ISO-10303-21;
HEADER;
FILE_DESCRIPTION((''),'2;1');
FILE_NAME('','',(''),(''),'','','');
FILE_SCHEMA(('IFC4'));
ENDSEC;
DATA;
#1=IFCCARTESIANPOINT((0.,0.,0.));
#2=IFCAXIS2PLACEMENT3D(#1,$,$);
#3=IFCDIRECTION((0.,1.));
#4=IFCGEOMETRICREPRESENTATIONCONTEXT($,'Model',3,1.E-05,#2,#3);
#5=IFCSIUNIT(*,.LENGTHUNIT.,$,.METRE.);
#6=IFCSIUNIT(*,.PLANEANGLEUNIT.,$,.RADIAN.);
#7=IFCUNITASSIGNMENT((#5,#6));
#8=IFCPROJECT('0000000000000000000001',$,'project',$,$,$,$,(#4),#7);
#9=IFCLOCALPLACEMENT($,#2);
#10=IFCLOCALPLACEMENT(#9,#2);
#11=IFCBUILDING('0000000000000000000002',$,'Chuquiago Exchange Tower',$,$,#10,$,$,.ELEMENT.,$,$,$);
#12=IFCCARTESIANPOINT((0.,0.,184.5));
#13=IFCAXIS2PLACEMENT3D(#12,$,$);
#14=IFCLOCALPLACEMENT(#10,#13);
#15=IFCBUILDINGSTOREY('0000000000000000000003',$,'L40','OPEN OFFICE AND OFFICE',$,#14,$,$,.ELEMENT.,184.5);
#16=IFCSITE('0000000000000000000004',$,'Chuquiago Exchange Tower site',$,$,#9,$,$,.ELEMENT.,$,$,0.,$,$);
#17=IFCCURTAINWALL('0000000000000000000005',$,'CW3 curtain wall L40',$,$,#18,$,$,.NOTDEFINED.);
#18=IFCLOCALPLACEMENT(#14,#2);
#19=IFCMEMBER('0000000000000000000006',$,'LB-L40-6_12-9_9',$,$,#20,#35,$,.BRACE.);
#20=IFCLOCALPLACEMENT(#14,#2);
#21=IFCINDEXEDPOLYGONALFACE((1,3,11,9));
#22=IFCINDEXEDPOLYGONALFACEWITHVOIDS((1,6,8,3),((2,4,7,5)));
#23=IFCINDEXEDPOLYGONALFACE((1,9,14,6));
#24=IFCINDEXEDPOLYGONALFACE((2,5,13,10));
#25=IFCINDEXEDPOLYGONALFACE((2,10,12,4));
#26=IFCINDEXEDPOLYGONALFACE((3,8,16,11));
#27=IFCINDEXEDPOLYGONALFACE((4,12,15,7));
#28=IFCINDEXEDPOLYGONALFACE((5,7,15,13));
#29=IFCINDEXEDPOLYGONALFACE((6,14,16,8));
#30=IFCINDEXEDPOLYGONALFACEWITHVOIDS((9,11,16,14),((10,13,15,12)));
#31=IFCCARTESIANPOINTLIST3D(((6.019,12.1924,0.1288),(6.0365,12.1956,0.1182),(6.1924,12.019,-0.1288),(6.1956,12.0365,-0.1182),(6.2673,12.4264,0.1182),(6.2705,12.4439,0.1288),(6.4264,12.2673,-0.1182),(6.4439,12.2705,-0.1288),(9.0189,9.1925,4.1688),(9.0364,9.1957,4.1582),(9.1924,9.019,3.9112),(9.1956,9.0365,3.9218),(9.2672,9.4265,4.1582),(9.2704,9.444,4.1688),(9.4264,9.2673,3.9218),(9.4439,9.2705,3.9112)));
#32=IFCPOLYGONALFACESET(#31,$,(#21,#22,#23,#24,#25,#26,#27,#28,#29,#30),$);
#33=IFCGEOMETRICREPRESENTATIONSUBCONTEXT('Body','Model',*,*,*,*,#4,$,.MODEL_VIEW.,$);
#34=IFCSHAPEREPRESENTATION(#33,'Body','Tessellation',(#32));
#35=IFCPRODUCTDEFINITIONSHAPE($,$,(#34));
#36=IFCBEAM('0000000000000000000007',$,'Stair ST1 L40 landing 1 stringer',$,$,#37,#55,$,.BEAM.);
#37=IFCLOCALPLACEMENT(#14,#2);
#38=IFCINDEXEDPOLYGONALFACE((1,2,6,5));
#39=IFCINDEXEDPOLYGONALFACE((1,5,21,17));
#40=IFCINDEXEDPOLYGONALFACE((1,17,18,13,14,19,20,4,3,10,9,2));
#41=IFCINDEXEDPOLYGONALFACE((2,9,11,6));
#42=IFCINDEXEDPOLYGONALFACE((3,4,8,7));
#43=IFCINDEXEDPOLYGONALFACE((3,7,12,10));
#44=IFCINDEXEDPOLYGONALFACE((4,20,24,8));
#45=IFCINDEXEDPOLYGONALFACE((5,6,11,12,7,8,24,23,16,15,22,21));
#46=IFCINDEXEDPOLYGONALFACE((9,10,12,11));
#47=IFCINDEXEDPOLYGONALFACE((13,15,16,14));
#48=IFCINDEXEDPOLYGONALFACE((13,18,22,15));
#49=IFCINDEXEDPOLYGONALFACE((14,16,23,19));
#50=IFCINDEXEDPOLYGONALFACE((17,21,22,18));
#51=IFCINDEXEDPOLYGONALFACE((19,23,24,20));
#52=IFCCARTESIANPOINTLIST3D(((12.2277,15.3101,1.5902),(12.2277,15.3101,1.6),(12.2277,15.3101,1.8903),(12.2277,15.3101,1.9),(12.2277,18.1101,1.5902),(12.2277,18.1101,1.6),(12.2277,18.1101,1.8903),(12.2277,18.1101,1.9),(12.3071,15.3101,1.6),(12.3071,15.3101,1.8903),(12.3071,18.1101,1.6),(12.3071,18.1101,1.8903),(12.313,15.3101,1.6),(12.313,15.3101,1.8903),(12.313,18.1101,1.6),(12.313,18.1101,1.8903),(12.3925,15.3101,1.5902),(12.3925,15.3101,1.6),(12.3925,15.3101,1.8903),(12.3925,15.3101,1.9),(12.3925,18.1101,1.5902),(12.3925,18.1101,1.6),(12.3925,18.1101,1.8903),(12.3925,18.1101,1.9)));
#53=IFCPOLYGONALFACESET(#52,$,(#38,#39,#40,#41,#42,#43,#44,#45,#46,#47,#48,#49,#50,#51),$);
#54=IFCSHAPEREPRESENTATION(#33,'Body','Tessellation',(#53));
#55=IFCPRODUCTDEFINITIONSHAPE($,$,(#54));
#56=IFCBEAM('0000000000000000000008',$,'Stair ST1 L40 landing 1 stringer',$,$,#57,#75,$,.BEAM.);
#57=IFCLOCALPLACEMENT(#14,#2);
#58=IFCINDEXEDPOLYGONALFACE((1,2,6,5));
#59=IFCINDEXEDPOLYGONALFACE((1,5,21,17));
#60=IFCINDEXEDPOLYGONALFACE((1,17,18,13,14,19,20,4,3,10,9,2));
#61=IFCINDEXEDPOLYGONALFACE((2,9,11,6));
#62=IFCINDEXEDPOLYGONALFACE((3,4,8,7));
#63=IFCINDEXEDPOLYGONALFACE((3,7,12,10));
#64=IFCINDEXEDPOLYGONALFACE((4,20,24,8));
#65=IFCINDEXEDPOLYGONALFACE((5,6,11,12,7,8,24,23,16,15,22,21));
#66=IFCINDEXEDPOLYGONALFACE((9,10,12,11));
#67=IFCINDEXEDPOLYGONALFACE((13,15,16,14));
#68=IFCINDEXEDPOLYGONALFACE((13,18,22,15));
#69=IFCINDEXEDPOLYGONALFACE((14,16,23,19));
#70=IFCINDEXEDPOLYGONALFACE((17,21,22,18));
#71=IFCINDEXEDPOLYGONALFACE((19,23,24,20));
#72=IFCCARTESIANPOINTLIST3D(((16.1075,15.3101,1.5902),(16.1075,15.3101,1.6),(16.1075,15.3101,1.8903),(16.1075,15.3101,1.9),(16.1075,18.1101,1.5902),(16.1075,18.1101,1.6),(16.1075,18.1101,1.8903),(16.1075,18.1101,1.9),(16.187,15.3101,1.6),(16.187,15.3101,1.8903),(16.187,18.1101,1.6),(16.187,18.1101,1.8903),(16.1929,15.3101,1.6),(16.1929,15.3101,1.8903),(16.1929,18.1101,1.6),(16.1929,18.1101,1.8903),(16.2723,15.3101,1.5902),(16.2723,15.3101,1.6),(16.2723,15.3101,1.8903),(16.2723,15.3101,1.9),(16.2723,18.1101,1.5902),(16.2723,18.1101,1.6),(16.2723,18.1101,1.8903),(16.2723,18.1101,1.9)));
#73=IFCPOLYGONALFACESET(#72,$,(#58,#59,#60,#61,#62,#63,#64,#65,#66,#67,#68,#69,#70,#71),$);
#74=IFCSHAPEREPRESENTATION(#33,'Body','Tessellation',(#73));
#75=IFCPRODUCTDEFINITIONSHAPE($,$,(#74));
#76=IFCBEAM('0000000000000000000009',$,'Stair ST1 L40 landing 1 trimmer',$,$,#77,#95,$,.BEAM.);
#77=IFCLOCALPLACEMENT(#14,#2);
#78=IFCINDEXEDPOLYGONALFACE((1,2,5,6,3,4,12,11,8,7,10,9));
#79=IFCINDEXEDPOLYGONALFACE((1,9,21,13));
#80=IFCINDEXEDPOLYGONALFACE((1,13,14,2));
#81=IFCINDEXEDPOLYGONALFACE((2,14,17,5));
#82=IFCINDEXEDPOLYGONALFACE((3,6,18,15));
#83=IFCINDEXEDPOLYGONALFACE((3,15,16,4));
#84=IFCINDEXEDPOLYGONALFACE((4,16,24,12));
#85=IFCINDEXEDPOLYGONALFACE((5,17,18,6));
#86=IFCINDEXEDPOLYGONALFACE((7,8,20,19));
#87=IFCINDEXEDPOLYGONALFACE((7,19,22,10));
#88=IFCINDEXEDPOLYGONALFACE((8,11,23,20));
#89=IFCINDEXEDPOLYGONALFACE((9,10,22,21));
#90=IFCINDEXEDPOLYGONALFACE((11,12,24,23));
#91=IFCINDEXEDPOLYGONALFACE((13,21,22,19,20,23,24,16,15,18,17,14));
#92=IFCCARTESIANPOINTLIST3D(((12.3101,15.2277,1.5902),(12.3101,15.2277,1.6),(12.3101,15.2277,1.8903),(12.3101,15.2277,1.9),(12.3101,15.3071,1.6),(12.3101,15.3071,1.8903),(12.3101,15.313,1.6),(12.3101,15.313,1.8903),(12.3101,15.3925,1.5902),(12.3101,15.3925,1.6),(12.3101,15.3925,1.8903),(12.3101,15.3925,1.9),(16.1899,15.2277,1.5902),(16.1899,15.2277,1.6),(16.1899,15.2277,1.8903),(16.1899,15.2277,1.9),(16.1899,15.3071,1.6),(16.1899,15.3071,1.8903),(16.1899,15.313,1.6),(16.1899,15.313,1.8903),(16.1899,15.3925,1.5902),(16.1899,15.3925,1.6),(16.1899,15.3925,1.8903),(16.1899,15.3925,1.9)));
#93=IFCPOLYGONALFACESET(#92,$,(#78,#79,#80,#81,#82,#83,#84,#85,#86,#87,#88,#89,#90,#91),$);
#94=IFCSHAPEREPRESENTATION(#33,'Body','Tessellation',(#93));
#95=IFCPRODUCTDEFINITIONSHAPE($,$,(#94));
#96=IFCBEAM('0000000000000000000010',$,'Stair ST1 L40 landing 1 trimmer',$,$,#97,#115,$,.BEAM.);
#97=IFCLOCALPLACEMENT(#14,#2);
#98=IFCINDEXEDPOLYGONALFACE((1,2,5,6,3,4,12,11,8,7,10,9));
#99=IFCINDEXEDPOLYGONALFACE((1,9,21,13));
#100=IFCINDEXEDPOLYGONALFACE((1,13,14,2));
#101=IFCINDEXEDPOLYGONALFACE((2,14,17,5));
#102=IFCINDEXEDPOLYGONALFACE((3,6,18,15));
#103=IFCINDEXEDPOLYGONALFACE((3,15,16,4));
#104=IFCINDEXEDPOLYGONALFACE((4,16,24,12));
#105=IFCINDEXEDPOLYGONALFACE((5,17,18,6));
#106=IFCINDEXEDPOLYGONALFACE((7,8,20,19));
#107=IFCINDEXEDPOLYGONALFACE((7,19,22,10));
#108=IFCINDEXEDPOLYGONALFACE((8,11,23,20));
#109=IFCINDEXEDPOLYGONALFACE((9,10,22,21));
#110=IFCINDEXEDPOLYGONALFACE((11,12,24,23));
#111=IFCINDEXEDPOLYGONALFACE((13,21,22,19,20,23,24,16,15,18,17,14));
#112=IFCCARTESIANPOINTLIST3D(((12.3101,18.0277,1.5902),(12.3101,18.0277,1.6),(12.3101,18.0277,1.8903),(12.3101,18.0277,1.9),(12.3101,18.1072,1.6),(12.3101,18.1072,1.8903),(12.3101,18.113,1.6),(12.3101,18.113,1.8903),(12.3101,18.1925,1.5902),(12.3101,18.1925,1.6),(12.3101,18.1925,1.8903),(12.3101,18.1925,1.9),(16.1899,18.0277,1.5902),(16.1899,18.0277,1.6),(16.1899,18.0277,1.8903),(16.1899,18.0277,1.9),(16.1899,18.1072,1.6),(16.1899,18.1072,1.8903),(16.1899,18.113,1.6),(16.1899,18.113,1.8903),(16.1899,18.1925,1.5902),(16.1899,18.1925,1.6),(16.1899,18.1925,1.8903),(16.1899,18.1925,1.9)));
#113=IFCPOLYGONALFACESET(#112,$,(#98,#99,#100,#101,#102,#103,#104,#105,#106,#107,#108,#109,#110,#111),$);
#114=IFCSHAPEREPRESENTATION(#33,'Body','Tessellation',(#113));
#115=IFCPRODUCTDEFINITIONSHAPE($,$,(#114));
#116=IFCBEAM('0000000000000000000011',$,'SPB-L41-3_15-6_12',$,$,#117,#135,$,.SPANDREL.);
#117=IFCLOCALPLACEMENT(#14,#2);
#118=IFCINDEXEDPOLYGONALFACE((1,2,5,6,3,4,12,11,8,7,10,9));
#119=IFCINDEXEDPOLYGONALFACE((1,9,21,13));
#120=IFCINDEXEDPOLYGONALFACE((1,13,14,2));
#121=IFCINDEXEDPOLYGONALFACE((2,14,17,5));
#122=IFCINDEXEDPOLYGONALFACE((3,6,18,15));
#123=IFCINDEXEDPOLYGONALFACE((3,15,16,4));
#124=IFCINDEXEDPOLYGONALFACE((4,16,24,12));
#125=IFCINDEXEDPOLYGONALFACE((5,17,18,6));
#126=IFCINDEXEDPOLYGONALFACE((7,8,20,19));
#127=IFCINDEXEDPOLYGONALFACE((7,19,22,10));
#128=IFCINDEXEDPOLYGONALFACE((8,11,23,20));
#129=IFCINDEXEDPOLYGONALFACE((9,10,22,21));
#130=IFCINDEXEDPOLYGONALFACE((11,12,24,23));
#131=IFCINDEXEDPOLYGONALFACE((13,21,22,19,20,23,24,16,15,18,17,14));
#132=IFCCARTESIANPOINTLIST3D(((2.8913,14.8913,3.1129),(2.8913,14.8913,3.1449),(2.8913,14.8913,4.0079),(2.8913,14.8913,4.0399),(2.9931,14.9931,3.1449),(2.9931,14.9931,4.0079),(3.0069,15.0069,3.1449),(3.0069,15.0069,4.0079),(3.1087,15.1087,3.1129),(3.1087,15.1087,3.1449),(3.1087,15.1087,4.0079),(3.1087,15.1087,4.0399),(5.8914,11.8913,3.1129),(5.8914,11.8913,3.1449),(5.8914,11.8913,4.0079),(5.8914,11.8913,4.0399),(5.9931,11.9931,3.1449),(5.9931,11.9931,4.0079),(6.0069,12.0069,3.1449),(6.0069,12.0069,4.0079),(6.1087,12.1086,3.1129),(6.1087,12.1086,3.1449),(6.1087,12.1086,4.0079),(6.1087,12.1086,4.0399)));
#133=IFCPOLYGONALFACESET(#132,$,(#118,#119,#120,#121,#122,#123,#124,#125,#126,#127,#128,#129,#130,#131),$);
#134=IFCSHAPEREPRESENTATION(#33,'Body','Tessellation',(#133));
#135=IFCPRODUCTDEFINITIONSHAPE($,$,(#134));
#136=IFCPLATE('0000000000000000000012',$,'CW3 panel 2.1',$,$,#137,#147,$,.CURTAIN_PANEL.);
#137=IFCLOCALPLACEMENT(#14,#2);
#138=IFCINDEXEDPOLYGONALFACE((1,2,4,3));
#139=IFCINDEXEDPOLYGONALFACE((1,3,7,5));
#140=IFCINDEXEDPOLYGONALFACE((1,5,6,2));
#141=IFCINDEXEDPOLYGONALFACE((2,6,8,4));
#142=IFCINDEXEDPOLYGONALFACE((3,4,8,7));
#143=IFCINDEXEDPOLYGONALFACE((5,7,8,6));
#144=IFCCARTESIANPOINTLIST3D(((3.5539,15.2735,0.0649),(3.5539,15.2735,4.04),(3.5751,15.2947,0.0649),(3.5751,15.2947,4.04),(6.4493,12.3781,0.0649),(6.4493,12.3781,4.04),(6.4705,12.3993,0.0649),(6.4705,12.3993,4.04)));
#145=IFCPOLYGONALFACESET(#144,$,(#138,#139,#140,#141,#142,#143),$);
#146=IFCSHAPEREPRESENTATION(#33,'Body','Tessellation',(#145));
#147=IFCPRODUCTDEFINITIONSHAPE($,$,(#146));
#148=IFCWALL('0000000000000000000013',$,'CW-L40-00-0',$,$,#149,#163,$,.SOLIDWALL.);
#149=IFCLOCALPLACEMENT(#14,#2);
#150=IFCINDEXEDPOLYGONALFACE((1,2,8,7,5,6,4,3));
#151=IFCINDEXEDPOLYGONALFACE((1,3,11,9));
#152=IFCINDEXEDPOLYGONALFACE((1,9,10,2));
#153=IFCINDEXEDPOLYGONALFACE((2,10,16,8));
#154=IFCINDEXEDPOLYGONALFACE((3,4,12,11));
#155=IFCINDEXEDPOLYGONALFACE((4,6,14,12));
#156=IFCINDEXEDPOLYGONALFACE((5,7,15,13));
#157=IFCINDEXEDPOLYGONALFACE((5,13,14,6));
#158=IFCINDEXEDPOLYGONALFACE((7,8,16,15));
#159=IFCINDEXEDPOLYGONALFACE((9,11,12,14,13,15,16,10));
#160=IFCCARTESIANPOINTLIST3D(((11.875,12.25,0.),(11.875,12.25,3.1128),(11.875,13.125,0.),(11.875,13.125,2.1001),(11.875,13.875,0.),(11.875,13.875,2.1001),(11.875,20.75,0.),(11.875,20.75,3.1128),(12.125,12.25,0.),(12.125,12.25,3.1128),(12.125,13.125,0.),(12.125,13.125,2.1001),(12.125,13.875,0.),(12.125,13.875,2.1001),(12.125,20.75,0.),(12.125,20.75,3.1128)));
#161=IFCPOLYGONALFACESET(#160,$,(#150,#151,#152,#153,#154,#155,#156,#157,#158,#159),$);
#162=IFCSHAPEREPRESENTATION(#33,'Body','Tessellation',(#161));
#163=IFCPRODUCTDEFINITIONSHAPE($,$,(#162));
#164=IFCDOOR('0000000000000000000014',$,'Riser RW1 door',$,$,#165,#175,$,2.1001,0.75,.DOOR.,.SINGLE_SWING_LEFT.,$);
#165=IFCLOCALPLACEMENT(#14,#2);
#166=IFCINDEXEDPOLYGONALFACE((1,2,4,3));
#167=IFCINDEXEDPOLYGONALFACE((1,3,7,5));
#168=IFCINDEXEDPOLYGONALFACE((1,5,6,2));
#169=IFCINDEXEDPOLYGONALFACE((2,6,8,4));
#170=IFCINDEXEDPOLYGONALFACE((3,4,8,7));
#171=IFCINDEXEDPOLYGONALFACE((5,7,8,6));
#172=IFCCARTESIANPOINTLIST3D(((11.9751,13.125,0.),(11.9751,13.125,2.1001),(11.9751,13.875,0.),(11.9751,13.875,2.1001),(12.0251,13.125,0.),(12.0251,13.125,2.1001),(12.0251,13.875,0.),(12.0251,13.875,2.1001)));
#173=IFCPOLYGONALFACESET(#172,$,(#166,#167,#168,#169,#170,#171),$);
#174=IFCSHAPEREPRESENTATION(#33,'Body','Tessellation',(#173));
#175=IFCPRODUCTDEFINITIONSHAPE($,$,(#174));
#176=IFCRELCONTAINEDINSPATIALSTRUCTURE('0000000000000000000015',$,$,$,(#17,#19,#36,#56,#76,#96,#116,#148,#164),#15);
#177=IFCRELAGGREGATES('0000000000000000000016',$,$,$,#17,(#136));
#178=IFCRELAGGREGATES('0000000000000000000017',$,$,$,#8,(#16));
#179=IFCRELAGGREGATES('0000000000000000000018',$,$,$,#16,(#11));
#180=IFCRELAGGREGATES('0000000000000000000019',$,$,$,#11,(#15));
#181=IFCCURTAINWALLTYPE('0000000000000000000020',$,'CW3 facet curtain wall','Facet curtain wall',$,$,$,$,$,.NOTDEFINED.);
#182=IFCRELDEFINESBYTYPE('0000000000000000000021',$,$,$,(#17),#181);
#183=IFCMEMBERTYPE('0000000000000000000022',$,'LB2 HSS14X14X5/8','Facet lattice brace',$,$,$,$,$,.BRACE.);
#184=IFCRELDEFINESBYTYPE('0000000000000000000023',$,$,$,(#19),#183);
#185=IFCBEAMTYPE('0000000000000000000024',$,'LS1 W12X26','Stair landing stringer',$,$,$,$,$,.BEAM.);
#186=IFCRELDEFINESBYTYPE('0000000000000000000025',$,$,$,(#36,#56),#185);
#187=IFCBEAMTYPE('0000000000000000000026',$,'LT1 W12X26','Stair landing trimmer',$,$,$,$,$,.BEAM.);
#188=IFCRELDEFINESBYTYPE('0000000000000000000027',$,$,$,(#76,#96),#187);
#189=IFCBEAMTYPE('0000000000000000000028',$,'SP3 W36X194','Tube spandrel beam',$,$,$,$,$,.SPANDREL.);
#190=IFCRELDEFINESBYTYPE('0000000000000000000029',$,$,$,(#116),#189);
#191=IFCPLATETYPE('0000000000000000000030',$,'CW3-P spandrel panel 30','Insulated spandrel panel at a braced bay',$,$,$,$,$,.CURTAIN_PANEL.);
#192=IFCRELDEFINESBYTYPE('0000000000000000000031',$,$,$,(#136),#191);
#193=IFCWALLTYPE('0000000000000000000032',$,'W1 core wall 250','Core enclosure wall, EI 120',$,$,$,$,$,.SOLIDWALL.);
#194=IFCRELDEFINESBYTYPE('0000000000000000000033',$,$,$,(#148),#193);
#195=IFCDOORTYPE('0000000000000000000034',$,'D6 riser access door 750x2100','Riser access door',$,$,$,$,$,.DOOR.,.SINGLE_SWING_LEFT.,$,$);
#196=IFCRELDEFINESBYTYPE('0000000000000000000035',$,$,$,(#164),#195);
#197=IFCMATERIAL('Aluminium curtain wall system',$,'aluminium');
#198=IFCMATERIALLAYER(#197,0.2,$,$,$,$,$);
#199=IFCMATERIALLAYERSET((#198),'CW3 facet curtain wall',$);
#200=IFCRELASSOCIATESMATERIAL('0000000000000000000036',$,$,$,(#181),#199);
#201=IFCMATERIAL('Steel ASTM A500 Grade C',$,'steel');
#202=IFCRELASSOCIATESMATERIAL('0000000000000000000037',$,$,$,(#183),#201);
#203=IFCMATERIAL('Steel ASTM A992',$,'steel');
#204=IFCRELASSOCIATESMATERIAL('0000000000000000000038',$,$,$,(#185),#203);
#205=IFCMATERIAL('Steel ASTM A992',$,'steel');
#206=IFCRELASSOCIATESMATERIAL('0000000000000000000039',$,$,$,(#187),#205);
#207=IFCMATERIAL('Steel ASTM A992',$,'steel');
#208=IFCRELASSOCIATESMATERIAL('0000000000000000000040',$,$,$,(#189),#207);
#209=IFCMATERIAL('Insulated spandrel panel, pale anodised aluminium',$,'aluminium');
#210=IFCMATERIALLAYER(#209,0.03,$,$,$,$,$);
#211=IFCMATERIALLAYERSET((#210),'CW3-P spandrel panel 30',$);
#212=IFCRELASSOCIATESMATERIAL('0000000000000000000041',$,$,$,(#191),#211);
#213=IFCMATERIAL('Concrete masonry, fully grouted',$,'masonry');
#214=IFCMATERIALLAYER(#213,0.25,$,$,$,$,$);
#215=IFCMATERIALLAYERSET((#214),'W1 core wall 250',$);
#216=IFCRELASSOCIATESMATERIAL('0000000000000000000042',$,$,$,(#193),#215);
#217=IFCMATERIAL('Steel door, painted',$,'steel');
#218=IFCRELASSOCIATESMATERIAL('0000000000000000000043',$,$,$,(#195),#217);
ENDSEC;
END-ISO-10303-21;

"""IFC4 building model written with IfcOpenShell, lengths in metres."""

from ifc_helpers import new_model, si_unit, direction, frame, frame_2d, origin, origin_2d, place, context, subcontext, project, spatial, rectangle, hollow_rectangle, i_section, extrude, material, layer, layer_set, material_profile, profile_set, type_object, element, fill, aggregate, save


model = new_model("IFC4")

# Units and contexts
model_context = context("Model", 3, precision=1e-05, world=origin(), true_north=direction((0.0, 1.0)))
body_context = subcontext(model_context, "Body", "Model", "MODEL_VIEW")
ifc_project = project(units=[si_unit("LENGTHUNIT", "METRE"), si_unit("PLANEANGLEUNIT", "RADIAN")], contexts=[model_context])

# Site, building, storey
site_placement = place(None, origin())
site = spatial("IfcSite", under=ifc_project, at=site_placement, Name="Chuquiago Exchange Tower site", CompositionType="ELEMENT", RefElevation=0.0)
building_placement = place(site_placement, origin())
building = spatial("IfcBuilding", under=site, at=building_placement, Name="Chuquiago Exchange Tower", CompositionType="ELEMENT")
storey_placement = place(building_placement, frame((0.0, 0.0, 184.5)))
storey = spatial("IfcBuildingStorey", under=building, at=storey_placement, Name="L40", Description="OPEN OFFICE AND OFFICE", CompositionType="ELEMENT", Elevation=184.5)

# Curtain wall
ifc_material_1 = material(Name="Aluminium curtain wall system", Category="aluminium")
ifc_layer_1 = layer(ifc_material_1, 0.2)
ifc_layer_set_1 = layer_set([ifc_layer_1], Name="CW3 facet curtain wall")
curtain_wall_type = type_object("IfcCurtainWallType", Name="CW3 facet curtain wall", Description="Facet curtain wall", PredefinedType="NOTDEFINED", material=ifc_layer_set_1)
curtain_wall_placement = place(storey_placement, origin())
curtain_wall = element("IfcCurtainWall", 1, at=curtain_wall_placement, inside=storey, type_object=curtain_wall_type, Name="CW3 curtain wall L40", PredefinedType="NOTDEFINED")

# Member
ifc_material_2 = material(Name="Steel ASTM A500 Grade C", Category="steel")
ifc_material_profile_1 = material_profile(ifc_material_2, hollow_rectangle(XDim=0.3557, YDim=0.3557, WallThickness=0.0146, at=origin_2d()), Name="HSS14X14X5/8")
ifc_profile_set_1 = profile_set([ifc_material_profile_1], Name="Steel ASTM A500 Grade C")
member_type_1 = type_object("IfcMemberType", Name="LB2 HSS14X14X5/8", Description="Facet lattice brace", PredefinedType="BRACE", material=ifc_profile_set_1)
for number, where, z_axis, x_axis, name in (
    (2, (6.2314, 12.2314, 0.0), (0.512077, -0.512077, 0.689604), (0.707107, 0.707107, 0.0), "LB-L40-6_12-9_9"),
):
    element("IfcMember", number, at=place(storey_placement, frame(where, z_axis=z_axis, x_axis=x_axis)), inside=storey, type_object=member_type_1, Name=name, PredefinedType="BRACE", context=body_context, shape_type="SweptSolid", body=[
        extrude(hollow_rectangle(XDim=0.3557, YDim=0.3557, WallThickness=0.0146, at=origin_2d()), origin(), (0.0, 0.0, 1.0), 5.8584),
    ])

# Beams
ifc_material_3 = material(Name="Steel ASTM A992", Category="steel")
ifc_material_profile_2 = material_profile(ifc_material_3, i_section(OverallWidth=0.1648, OverallDepth=0.3098, WebThickness=0.0059, FlangeThickness=0.0098, at=origin_2d()), Name="W12X26")
ifc_profile_set_2 = profile_set([ifc_material_profile_2], Name="Steel ASTM A992")
beam_type_1 = type_object("IfcBeamType", Name="LS1 W12X26", Description="Stair landing stringer", PredefinedType="BEAM", material=ifc_profile_set_2)
for number, where, z_axis, x_axis, name in (
    (3, (12.3101, 15.3101, 1.7451), (0.0, 1.0, 0.0), (-1.0, 0.0, 0.0), "Stair ST1 L40 landing 1 stringer"),
    (4, (16.1899, 15.3101, 1.7451), (0.0, 1.0, 0.0), (-1.0, 0.0, 0.0), "Stair ST1 L40 landing 1 stringer"),
):
    element("IfcBeam", number, at=place(storey_placement, frame(where, z_axis=z_axis, x_axis=x_axis)), inside=storey, type_object=beam_type_1, Name=name, PredefinedType="BEAM", context=body_context, shape_type="SweptSolid", body=[
        extrude(i_section(OverallWidth=0.1648, OverallDepth=0.3098, WebThickness=0.0059, FlangeThickness=0.0098, at=origin_2d()), origin(), (0.0, 0.0, 1.0), 2.8),
    ])
ifc_material_4 = material(Name="Steel ASTM A992", Category="steel")
ifc_material_profile_3 = material_profile(ifc_material_4, i_section(OverallWidth=0.1648, OverallDepth=0.3098, WebThickness=0.0059, FlangeThickness=0.0098, at=origin_2d()), Name="W12X26")
ifc_profile_set_3 = profile_set([ifc_material_profile_3], Name="Steel ASTM A992")
beam_type_2 = type_object("IfcBeamType", Name="LT1 W12X26", Description="Stair landing trimmer", PredefinedType="BEAM", material=ifc_profile_set_3)
for number, where, z_axis, x_axis, name in (
    (5, (12.3101, 15.3101, 1.7451), (1.0, 0.0, 0.0), (0.0, 1.0, 0.0), "Stair ST1 L40 landing 1 trimmer"),
    (6, (12.3101, 18.1101, 1.7451), (1.0, 0.0, 0.0), (0.0, 1.0, 0.0), "Stair ST1 L40 landing 1 trimmer"),
):
    element("IfcBeam", number, at=place(storey_placement, frame(where, z_axis=z_axis, x_axis=x_axis)), inside=storey, type_object=beam_type_2, Name=name, PredefinedType="BEAM", context=body_context, shape_type="SweptSolid", body=[
        extrude(i_section(OverallWidth=0.1648, OverallDepth=0.3098, WebThickness=0.0059, FlangeThickness=0.0098, at=origin_2d()), origin(), (0.0, 0.0, 1.0), 3.8799),
    ])
ifc_material_5 = material(Name="Steel ASTM A992", Category="steel")
ifc_material_profile_4 = material_profile(ifc_material_5, i_section(OverallWidth=0.3074, OverallDepth=0.927, WebThickness=0.0195, FlangeThickness=0.032, at=origin_2d()), Name="W36X194")
ifc_profile_set_4 = profile_set([ifc_material_profile_4], Name="Steel ASTM A992")
beam_type_3 = type_object("IfcBeamType", Name="SP3 W36X194", Description="Tube spandrel beam", PredefinedType="SPANDREL", material=ifc_profile_set_4)
beam_1_placement = place(storey_placement, frame((3.0, 15.0, 3.5764), z_axis=(0.707107, -0.707107, 0.0), x_axis=(0.707107, 0.707107, 0.0)))
element("IfcBeam", 7, at=beam_1_placement, inside=storey, type_object=beam_type_3, Name="SPB-L41-3_15-6_12", PredefinedType="SPANDREL", context=body_context, shape_type="SweptSolid", body=[
    extrude(i_section(OverallWidth=0.3074, OverallDepth=0.927, WebThickness=0.0195, FlangeThickness=0.032, at=origin_2d()), origin(), (0.0, 0.0, 1.0), 4.2427),
])

# Plate
ifc_material_6 = material(Name="Insulated spandrel panel, pale anodised aluminium", Category="aluminium")
ifc_layer_2 = layer(ifc_material_6, 0.03)
ifc_layer_set_2 = layer_set([ifc_layer_2], Name="CW3-P spandrel panel 30")
plate_type = type_object("IfcPlateType", Name="CW3-P spandrel panel 30", Description="Insulated spandrel panel at a braced bay", PredefinedType="CURTAIN_PANEL", material=ifc_layer_set_2)
plate_placement = place(storey_placement, frame((5.0122, 13.8364, 0.0649), z_axis=(0.0, 0.0, 1.0), x_axis=(0.707107, -0.707107, 0.0)))
plate = element("IfcPlate", 8, at=plate_placement, type_object=plate_type, Name="CW3 panel 2.1", PredefinedType="CURTAIN_PANEL", context=body_context, shape_type="SweptSolid", body=[
    extrude(rectangle(XDim=4.0947, YDim=0.03, at=origin_2d()), origin(), (0.0, 0.0, 1.0), 3.9751),
])
aggregate(curtain_wall, [plate])

# Wall, opening, door
ifc_material_7 = material(Name="Concrete masonry, fully grouted", Category="masonry")
ifc_layer_3 = layer(ifc_material_7, 0.25)
ifc_layer_set_3 = layer_set([ifc_layer_3], Name="W1 core wall 250")
wall_type_1 = type_object("IfcWallType", Name="W1 core wall 250", Description="Core enclosure wall, EI 120", PredefinedType="SOLIDWALL", material=ifc_layer_set_3)
wall_1_placement = place(storey_placement, frame((12.0, 12.25, 0.0), z_axis=(0.0, 0.0, 1.0), x_axis=(0.0, 1.0, 0.0)))
wall_1 = element("IfcWall", 9, at=wall_1_placement, inside=storey, type_object=wall_type_1, Name="CW-L40-00-0", PredefinedType="SOLIDWALL", context=body_context, shape_type="SweptSolid", body=[
    extrude(rectangle(XDim=8.5, YDim=0.25, at=frame_2d((4.25, 0.0))), origin(), (0.0, 0.0, 1.0), 3.1128),
])
opening_placement = place(wall_1_placement, frame((0.875, 0.0, 0.0)))
opening = element("IfcOpeningElement", 10, at=opening_placement, cuts=wall_1, PredefinedType="OPENING", context=body_context, shape_type="SweptSolid", body=[
    extrude(rectangle(XDim=0.75, YDim=2.1001, at=frame_2d((0.375, 1.05))), frame((0.0, 0.135, 0.0), z_axis=(0.0, -1.0, 0.0), x_axis=(1.0, 0.0, 0.0)), (0.0, 0.0, 1.0), 0.27),
])
ifc_material_8 = material(Name="Steel door, painted", Category="steel")
door_type = type_object("IfcDoorType", Name="D6 riser access door 750x2100", Description="Riser access door", OperationType="SINGLE_SWING_LEFT", PredefinedType="DOOR", material=ifc_material_8)
door_placement = place(opening_placement, origin())
door = element("IfcDoor", 11, at=door_placement, inside=storey, type_object=door_type, Name="Riser RW1 door", OperationType="SINGLE_SWING_LEFT", OverallHeight=2.1001, OverallWidth=0.75, PredefinedType="DOOR", context=body_context, shape_type="SweptSolid", body=[
    extrude(rectangle(XDim=0.75, YDim=2.1001, at=frame_2d((0.375, 1.05))), frame((0.0, 0.0249, 0.0), z_axis=(0.0, -1.0, 0.0), x_axis=(1.0, 0.0, 0.0)), (0.0, 0.0, 1.0), 0.05),
])
fill(opening, door)

save(model, "model.ifc")
